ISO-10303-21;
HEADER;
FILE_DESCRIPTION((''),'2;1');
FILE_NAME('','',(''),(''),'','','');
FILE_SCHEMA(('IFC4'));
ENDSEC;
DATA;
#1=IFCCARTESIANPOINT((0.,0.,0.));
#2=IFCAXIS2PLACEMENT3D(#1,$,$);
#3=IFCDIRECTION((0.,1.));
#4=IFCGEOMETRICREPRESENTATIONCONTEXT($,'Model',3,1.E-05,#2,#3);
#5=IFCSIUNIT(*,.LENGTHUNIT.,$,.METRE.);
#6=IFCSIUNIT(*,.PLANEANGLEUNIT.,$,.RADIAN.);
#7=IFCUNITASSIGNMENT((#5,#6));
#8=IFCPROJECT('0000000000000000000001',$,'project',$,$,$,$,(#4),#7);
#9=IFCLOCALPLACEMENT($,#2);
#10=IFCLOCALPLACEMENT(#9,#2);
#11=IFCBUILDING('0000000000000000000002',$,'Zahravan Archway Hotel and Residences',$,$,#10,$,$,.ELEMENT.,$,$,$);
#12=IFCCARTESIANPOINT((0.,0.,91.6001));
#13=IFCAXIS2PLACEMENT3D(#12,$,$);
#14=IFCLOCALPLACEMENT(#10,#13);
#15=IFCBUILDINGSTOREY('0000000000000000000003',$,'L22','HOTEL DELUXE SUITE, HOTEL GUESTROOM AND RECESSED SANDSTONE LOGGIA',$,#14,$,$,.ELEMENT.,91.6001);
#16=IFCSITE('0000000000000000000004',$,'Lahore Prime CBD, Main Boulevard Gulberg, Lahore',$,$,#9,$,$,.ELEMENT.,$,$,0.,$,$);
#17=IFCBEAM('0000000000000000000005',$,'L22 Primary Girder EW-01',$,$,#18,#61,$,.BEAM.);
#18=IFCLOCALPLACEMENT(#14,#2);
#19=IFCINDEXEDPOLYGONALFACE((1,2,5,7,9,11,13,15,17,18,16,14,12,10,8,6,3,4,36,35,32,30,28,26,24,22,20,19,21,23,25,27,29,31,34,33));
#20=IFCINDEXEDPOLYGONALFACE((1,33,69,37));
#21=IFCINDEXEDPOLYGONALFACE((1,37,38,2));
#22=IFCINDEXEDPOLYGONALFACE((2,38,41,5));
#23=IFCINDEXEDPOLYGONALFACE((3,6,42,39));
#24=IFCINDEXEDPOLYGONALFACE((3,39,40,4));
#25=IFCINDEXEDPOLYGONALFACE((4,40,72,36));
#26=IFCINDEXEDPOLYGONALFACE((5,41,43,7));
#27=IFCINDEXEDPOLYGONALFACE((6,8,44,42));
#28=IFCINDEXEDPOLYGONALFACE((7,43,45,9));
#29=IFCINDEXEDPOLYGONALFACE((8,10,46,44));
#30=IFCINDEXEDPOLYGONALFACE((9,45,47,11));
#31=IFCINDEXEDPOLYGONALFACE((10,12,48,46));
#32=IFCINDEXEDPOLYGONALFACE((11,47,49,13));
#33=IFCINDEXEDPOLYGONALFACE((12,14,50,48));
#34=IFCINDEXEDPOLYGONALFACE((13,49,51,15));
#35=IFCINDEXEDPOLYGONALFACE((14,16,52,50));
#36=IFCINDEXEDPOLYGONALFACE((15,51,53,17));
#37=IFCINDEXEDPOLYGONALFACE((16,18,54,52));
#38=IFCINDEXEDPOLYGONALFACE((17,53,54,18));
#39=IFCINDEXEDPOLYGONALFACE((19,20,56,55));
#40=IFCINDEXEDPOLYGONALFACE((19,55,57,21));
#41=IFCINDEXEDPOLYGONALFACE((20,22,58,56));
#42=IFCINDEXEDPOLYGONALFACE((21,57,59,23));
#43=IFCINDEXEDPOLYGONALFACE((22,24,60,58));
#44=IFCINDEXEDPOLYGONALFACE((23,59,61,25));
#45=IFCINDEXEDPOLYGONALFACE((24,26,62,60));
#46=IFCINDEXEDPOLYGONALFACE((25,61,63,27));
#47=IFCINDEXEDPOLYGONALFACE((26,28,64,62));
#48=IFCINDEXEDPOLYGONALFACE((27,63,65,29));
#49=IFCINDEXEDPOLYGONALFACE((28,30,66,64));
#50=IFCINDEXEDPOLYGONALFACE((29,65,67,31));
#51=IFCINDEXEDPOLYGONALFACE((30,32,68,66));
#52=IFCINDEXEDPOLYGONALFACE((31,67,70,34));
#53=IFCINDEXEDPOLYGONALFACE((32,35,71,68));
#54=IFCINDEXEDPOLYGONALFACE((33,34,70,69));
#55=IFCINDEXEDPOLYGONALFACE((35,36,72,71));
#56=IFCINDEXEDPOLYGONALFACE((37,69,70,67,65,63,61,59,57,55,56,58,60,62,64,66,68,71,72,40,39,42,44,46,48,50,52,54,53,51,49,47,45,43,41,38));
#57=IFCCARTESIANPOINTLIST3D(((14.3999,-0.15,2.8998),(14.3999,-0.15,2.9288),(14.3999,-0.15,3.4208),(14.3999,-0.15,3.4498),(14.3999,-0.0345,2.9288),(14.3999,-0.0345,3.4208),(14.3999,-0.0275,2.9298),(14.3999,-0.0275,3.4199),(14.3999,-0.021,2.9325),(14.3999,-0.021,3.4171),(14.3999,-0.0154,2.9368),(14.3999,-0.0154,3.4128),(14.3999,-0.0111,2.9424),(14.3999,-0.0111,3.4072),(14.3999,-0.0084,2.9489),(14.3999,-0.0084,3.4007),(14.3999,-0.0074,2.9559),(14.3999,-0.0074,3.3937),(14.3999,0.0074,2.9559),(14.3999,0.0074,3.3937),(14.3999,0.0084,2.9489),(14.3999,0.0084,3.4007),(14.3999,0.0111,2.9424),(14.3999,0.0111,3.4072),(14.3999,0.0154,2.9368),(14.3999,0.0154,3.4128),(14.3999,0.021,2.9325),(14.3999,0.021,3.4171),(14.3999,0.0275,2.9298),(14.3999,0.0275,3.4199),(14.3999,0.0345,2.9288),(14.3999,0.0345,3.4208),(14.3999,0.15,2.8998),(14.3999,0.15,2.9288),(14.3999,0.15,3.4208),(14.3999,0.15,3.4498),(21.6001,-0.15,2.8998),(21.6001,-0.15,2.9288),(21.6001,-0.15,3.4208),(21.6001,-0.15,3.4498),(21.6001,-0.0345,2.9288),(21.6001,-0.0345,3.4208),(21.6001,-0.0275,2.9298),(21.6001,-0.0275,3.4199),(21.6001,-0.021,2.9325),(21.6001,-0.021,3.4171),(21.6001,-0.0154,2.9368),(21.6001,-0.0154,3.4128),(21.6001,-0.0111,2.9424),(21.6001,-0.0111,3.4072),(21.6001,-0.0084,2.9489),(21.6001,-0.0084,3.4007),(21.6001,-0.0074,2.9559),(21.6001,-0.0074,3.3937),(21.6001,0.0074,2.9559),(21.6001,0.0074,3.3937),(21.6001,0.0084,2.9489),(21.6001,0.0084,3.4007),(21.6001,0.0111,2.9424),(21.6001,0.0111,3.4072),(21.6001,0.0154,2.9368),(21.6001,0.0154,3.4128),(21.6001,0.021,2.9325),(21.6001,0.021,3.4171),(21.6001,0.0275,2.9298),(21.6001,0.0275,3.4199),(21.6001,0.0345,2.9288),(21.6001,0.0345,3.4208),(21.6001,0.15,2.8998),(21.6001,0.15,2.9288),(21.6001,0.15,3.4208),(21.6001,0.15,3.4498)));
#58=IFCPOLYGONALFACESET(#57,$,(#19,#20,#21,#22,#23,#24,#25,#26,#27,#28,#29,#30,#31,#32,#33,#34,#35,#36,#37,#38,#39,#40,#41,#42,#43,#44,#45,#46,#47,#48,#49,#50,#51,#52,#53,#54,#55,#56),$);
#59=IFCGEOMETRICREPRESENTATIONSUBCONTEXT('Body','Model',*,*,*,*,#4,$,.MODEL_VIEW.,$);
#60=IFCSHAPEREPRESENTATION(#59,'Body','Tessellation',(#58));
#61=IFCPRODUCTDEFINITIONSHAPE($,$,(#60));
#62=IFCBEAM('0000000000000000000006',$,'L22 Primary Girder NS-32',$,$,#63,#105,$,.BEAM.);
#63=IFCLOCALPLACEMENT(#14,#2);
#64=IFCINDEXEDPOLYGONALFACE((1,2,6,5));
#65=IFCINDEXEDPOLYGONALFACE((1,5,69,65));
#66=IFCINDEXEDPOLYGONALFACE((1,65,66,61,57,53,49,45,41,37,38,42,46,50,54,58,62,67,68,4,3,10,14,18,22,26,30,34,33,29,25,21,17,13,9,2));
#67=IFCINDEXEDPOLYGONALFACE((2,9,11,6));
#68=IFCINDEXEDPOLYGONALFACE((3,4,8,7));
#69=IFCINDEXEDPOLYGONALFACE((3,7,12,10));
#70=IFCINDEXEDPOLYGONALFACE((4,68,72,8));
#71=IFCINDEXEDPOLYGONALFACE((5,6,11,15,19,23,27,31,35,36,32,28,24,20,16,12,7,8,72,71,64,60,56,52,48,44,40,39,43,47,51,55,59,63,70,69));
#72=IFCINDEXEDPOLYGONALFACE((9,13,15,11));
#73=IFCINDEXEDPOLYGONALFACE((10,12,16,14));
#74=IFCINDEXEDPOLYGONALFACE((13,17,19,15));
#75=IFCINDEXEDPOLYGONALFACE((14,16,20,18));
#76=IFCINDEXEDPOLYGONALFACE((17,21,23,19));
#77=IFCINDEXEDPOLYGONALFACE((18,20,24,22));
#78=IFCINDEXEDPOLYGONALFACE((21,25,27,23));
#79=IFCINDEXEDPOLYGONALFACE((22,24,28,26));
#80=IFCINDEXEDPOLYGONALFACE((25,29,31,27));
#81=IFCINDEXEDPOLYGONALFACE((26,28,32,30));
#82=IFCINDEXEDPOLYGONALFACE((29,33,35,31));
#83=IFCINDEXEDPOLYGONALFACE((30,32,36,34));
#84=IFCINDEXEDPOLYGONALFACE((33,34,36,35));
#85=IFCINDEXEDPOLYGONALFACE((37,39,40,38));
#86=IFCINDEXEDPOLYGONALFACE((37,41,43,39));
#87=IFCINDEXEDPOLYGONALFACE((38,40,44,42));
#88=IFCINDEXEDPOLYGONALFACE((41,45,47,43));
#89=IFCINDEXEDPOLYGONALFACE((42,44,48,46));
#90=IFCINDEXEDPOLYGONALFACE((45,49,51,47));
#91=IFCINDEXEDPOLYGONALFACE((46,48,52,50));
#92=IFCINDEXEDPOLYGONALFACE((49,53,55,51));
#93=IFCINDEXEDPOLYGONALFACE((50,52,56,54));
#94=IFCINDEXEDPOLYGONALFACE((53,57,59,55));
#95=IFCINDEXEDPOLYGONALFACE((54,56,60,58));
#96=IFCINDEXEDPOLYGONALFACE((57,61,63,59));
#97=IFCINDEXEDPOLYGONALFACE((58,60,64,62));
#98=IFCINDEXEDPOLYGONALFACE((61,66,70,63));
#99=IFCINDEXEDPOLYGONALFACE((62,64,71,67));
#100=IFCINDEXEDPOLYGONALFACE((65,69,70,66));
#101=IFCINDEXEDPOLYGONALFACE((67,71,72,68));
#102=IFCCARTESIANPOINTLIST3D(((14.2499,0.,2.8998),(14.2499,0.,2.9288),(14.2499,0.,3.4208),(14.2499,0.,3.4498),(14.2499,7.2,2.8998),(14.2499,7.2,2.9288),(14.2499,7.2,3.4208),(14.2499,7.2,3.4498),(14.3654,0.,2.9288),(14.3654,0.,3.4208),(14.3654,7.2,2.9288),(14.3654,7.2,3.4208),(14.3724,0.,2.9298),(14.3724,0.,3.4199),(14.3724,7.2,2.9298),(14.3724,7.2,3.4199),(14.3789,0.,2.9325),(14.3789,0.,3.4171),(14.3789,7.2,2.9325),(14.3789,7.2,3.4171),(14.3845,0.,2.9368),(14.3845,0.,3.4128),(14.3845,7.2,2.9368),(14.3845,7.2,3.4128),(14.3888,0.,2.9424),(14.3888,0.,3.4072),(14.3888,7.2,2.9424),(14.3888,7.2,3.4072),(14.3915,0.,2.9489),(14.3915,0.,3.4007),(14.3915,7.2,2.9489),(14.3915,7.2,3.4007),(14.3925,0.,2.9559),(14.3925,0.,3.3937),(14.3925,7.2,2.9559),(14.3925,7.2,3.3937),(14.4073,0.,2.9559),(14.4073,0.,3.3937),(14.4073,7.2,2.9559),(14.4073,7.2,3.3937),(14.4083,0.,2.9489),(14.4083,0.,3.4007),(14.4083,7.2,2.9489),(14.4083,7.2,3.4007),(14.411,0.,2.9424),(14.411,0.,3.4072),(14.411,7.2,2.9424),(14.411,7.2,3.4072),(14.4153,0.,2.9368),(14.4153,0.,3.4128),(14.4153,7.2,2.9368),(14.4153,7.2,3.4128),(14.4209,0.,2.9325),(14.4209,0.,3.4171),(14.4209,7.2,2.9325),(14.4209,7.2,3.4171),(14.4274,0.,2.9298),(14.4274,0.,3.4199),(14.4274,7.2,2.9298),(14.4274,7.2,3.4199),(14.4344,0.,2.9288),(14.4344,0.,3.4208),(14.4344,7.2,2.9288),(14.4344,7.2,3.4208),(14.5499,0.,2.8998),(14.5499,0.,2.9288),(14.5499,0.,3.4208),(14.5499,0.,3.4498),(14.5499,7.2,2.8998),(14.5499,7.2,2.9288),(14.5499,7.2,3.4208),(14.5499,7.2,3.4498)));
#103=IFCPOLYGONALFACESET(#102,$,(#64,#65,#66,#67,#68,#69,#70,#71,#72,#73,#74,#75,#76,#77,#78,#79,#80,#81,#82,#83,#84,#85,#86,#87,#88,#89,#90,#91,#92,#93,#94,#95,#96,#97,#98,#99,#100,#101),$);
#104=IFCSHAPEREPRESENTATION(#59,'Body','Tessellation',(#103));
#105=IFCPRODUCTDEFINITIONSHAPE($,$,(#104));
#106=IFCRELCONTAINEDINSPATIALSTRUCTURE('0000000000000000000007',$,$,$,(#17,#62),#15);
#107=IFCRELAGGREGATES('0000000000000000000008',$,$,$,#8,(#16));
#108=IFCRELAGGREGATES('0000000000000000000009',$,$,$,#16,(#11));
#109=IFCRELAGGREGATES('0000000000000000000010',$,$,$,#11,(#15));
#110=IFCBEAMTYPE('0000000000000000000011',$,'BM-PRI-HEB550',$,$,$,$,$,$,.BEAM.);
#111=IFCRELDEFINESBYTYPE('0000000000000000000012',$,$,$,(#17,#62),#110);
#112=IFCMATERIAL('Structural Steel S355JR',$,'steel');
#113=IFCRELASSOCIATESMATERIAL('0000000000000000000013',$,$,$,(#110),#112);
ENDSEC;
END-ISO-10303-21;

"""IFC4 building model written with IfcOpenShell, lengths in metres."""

from ifc_helpers import new_model, si_unit, direction, frame, origin, origin_2d, place, context, subcontext, project, spatial, i_section, extrude, source, transform, mapped, material, material_profile, profile_set, type_object, type_shapes, element, save


model = new_model("IFC4")

# Units and contexts
model_context = context("Model", 3, precision=1e-05, world=origin(), true_north=direction((0.0, 1.0)))
body_context = subcontext(model_context, "Body", "Model", "MODEL_VIEW")
ifc_project = project(units=[si_unit("LENGTHUNIT", "METRE"), si_unit("PLANEANGLEUNIT", "RADIAN")], contexts=[model_context])

# Site, building, storey
site_placement = place(None, origin())
site = spatial("IfcSite", under=ifc_project, at=site_placement, Name="Lahore Prime CBD, Main Boulevard Gulberg, Lahore", CompositionType="ELEMENT", RefElevation=0.0)
building_placement = place(site_placement, origin())
building = spatial("IfcBuilding", under=site, at=building_placement, Name="Zahravan Archway Hotel and Residences", CompositionType="ELEMENT")
storey_placement = place(building_placement, frame((0.0, 0.0, 91.6001)))
storey = spatial("IfcBuildingStorey", under=building, at=storey_placement, Name="L22", Description="HOTEL DELUXE SUITE, HOTEL GUESTROOM AND RECESSED SANDSTONE LOGGIA", CompositionType="ELEMENT", Elevation=91.6001)

# Beams
ifc_material_1 = material(Name="Structural Steel S355JR", Category="steel")
ifc_material_profile = material_profile(ifc_material_1, i_section(OverallWidth=0.3, OverallDepth=0.55, WebThickness=0.0149, FlangeThickness=0.0291, FilletRadius=0.0271, at=origin_2d()), Name="HEB 550", Category="steel")
ifc_profile_set = profile_set([ifc_material_profile], Name="Structural Steel S355JR")
beam_type = type_object("IfcBeamType", Name="BM-PRI-HEB550", PredefinedType="BEAM", material=ifc_profile_set)
shared_shape_1 = source(origin(), body_context, "Body", "SweptSolid", [
    extrude(i_section(OverallWidth=0.3, OverallDepth=0.55, WebThickness=0.0149, FlangeThickness=0.0291, FilletRadius=0.0271, at=origin_2d()), origin(), (0.0, 0.0, 1.0), 7.2002),
])
type_shapes(beam_type, [shared_shape_1])
beam_1_placement = place(storey_placement, frame((14.3999, 0.0, 3.1748), z_axis=(1.0, 0.0, 0.0), x_axis=(0.0, 1.0, 0.0)))
element("IfcBeam", 1, at=beam_1_placement, inside=storey, type_object=beam_type, Name="L22 Primary Girder EW-01", PredefinedType="BEAM", context=body_context, shape_type="MappedRepresentation", body=[
    mapped(shared_shape_1, transform((0.0, 0.0, 0.0), scale=1.0)),
])
shared_shape_2 = source(origin(), body_context, "Body", "SweptSolid", [
    extrude(i_section(OverallWidth=0.3, OverallDepth=0.55, WebThickness=0.0149, FlangeThickness=0.0291, FilletRadius=0.0271, at=origin_2d()), origin(), (0.0, 0.0, 1.0), 7.2),
])
beam_2_placement = place(storey_placement, frame((14.3999, 0.0, 3.1748), z_axis=(0.0, 1.0, 0.0), x_axis=(-1.0, 0.0, 0.0)))
element("IfcBeam", 2, at=beam_2_placement, inside=storey, type_object=beam_type, Name="L22 Primary Girder NS-32", PredefinedType="BEAM", context=body_context, shape_type="MappedRepresentation", body=[
    mapped(shared_shape_2, transform((0.0, 0.0, 0.0), scale=1.0)),
])

save(model, "model.ifc")
